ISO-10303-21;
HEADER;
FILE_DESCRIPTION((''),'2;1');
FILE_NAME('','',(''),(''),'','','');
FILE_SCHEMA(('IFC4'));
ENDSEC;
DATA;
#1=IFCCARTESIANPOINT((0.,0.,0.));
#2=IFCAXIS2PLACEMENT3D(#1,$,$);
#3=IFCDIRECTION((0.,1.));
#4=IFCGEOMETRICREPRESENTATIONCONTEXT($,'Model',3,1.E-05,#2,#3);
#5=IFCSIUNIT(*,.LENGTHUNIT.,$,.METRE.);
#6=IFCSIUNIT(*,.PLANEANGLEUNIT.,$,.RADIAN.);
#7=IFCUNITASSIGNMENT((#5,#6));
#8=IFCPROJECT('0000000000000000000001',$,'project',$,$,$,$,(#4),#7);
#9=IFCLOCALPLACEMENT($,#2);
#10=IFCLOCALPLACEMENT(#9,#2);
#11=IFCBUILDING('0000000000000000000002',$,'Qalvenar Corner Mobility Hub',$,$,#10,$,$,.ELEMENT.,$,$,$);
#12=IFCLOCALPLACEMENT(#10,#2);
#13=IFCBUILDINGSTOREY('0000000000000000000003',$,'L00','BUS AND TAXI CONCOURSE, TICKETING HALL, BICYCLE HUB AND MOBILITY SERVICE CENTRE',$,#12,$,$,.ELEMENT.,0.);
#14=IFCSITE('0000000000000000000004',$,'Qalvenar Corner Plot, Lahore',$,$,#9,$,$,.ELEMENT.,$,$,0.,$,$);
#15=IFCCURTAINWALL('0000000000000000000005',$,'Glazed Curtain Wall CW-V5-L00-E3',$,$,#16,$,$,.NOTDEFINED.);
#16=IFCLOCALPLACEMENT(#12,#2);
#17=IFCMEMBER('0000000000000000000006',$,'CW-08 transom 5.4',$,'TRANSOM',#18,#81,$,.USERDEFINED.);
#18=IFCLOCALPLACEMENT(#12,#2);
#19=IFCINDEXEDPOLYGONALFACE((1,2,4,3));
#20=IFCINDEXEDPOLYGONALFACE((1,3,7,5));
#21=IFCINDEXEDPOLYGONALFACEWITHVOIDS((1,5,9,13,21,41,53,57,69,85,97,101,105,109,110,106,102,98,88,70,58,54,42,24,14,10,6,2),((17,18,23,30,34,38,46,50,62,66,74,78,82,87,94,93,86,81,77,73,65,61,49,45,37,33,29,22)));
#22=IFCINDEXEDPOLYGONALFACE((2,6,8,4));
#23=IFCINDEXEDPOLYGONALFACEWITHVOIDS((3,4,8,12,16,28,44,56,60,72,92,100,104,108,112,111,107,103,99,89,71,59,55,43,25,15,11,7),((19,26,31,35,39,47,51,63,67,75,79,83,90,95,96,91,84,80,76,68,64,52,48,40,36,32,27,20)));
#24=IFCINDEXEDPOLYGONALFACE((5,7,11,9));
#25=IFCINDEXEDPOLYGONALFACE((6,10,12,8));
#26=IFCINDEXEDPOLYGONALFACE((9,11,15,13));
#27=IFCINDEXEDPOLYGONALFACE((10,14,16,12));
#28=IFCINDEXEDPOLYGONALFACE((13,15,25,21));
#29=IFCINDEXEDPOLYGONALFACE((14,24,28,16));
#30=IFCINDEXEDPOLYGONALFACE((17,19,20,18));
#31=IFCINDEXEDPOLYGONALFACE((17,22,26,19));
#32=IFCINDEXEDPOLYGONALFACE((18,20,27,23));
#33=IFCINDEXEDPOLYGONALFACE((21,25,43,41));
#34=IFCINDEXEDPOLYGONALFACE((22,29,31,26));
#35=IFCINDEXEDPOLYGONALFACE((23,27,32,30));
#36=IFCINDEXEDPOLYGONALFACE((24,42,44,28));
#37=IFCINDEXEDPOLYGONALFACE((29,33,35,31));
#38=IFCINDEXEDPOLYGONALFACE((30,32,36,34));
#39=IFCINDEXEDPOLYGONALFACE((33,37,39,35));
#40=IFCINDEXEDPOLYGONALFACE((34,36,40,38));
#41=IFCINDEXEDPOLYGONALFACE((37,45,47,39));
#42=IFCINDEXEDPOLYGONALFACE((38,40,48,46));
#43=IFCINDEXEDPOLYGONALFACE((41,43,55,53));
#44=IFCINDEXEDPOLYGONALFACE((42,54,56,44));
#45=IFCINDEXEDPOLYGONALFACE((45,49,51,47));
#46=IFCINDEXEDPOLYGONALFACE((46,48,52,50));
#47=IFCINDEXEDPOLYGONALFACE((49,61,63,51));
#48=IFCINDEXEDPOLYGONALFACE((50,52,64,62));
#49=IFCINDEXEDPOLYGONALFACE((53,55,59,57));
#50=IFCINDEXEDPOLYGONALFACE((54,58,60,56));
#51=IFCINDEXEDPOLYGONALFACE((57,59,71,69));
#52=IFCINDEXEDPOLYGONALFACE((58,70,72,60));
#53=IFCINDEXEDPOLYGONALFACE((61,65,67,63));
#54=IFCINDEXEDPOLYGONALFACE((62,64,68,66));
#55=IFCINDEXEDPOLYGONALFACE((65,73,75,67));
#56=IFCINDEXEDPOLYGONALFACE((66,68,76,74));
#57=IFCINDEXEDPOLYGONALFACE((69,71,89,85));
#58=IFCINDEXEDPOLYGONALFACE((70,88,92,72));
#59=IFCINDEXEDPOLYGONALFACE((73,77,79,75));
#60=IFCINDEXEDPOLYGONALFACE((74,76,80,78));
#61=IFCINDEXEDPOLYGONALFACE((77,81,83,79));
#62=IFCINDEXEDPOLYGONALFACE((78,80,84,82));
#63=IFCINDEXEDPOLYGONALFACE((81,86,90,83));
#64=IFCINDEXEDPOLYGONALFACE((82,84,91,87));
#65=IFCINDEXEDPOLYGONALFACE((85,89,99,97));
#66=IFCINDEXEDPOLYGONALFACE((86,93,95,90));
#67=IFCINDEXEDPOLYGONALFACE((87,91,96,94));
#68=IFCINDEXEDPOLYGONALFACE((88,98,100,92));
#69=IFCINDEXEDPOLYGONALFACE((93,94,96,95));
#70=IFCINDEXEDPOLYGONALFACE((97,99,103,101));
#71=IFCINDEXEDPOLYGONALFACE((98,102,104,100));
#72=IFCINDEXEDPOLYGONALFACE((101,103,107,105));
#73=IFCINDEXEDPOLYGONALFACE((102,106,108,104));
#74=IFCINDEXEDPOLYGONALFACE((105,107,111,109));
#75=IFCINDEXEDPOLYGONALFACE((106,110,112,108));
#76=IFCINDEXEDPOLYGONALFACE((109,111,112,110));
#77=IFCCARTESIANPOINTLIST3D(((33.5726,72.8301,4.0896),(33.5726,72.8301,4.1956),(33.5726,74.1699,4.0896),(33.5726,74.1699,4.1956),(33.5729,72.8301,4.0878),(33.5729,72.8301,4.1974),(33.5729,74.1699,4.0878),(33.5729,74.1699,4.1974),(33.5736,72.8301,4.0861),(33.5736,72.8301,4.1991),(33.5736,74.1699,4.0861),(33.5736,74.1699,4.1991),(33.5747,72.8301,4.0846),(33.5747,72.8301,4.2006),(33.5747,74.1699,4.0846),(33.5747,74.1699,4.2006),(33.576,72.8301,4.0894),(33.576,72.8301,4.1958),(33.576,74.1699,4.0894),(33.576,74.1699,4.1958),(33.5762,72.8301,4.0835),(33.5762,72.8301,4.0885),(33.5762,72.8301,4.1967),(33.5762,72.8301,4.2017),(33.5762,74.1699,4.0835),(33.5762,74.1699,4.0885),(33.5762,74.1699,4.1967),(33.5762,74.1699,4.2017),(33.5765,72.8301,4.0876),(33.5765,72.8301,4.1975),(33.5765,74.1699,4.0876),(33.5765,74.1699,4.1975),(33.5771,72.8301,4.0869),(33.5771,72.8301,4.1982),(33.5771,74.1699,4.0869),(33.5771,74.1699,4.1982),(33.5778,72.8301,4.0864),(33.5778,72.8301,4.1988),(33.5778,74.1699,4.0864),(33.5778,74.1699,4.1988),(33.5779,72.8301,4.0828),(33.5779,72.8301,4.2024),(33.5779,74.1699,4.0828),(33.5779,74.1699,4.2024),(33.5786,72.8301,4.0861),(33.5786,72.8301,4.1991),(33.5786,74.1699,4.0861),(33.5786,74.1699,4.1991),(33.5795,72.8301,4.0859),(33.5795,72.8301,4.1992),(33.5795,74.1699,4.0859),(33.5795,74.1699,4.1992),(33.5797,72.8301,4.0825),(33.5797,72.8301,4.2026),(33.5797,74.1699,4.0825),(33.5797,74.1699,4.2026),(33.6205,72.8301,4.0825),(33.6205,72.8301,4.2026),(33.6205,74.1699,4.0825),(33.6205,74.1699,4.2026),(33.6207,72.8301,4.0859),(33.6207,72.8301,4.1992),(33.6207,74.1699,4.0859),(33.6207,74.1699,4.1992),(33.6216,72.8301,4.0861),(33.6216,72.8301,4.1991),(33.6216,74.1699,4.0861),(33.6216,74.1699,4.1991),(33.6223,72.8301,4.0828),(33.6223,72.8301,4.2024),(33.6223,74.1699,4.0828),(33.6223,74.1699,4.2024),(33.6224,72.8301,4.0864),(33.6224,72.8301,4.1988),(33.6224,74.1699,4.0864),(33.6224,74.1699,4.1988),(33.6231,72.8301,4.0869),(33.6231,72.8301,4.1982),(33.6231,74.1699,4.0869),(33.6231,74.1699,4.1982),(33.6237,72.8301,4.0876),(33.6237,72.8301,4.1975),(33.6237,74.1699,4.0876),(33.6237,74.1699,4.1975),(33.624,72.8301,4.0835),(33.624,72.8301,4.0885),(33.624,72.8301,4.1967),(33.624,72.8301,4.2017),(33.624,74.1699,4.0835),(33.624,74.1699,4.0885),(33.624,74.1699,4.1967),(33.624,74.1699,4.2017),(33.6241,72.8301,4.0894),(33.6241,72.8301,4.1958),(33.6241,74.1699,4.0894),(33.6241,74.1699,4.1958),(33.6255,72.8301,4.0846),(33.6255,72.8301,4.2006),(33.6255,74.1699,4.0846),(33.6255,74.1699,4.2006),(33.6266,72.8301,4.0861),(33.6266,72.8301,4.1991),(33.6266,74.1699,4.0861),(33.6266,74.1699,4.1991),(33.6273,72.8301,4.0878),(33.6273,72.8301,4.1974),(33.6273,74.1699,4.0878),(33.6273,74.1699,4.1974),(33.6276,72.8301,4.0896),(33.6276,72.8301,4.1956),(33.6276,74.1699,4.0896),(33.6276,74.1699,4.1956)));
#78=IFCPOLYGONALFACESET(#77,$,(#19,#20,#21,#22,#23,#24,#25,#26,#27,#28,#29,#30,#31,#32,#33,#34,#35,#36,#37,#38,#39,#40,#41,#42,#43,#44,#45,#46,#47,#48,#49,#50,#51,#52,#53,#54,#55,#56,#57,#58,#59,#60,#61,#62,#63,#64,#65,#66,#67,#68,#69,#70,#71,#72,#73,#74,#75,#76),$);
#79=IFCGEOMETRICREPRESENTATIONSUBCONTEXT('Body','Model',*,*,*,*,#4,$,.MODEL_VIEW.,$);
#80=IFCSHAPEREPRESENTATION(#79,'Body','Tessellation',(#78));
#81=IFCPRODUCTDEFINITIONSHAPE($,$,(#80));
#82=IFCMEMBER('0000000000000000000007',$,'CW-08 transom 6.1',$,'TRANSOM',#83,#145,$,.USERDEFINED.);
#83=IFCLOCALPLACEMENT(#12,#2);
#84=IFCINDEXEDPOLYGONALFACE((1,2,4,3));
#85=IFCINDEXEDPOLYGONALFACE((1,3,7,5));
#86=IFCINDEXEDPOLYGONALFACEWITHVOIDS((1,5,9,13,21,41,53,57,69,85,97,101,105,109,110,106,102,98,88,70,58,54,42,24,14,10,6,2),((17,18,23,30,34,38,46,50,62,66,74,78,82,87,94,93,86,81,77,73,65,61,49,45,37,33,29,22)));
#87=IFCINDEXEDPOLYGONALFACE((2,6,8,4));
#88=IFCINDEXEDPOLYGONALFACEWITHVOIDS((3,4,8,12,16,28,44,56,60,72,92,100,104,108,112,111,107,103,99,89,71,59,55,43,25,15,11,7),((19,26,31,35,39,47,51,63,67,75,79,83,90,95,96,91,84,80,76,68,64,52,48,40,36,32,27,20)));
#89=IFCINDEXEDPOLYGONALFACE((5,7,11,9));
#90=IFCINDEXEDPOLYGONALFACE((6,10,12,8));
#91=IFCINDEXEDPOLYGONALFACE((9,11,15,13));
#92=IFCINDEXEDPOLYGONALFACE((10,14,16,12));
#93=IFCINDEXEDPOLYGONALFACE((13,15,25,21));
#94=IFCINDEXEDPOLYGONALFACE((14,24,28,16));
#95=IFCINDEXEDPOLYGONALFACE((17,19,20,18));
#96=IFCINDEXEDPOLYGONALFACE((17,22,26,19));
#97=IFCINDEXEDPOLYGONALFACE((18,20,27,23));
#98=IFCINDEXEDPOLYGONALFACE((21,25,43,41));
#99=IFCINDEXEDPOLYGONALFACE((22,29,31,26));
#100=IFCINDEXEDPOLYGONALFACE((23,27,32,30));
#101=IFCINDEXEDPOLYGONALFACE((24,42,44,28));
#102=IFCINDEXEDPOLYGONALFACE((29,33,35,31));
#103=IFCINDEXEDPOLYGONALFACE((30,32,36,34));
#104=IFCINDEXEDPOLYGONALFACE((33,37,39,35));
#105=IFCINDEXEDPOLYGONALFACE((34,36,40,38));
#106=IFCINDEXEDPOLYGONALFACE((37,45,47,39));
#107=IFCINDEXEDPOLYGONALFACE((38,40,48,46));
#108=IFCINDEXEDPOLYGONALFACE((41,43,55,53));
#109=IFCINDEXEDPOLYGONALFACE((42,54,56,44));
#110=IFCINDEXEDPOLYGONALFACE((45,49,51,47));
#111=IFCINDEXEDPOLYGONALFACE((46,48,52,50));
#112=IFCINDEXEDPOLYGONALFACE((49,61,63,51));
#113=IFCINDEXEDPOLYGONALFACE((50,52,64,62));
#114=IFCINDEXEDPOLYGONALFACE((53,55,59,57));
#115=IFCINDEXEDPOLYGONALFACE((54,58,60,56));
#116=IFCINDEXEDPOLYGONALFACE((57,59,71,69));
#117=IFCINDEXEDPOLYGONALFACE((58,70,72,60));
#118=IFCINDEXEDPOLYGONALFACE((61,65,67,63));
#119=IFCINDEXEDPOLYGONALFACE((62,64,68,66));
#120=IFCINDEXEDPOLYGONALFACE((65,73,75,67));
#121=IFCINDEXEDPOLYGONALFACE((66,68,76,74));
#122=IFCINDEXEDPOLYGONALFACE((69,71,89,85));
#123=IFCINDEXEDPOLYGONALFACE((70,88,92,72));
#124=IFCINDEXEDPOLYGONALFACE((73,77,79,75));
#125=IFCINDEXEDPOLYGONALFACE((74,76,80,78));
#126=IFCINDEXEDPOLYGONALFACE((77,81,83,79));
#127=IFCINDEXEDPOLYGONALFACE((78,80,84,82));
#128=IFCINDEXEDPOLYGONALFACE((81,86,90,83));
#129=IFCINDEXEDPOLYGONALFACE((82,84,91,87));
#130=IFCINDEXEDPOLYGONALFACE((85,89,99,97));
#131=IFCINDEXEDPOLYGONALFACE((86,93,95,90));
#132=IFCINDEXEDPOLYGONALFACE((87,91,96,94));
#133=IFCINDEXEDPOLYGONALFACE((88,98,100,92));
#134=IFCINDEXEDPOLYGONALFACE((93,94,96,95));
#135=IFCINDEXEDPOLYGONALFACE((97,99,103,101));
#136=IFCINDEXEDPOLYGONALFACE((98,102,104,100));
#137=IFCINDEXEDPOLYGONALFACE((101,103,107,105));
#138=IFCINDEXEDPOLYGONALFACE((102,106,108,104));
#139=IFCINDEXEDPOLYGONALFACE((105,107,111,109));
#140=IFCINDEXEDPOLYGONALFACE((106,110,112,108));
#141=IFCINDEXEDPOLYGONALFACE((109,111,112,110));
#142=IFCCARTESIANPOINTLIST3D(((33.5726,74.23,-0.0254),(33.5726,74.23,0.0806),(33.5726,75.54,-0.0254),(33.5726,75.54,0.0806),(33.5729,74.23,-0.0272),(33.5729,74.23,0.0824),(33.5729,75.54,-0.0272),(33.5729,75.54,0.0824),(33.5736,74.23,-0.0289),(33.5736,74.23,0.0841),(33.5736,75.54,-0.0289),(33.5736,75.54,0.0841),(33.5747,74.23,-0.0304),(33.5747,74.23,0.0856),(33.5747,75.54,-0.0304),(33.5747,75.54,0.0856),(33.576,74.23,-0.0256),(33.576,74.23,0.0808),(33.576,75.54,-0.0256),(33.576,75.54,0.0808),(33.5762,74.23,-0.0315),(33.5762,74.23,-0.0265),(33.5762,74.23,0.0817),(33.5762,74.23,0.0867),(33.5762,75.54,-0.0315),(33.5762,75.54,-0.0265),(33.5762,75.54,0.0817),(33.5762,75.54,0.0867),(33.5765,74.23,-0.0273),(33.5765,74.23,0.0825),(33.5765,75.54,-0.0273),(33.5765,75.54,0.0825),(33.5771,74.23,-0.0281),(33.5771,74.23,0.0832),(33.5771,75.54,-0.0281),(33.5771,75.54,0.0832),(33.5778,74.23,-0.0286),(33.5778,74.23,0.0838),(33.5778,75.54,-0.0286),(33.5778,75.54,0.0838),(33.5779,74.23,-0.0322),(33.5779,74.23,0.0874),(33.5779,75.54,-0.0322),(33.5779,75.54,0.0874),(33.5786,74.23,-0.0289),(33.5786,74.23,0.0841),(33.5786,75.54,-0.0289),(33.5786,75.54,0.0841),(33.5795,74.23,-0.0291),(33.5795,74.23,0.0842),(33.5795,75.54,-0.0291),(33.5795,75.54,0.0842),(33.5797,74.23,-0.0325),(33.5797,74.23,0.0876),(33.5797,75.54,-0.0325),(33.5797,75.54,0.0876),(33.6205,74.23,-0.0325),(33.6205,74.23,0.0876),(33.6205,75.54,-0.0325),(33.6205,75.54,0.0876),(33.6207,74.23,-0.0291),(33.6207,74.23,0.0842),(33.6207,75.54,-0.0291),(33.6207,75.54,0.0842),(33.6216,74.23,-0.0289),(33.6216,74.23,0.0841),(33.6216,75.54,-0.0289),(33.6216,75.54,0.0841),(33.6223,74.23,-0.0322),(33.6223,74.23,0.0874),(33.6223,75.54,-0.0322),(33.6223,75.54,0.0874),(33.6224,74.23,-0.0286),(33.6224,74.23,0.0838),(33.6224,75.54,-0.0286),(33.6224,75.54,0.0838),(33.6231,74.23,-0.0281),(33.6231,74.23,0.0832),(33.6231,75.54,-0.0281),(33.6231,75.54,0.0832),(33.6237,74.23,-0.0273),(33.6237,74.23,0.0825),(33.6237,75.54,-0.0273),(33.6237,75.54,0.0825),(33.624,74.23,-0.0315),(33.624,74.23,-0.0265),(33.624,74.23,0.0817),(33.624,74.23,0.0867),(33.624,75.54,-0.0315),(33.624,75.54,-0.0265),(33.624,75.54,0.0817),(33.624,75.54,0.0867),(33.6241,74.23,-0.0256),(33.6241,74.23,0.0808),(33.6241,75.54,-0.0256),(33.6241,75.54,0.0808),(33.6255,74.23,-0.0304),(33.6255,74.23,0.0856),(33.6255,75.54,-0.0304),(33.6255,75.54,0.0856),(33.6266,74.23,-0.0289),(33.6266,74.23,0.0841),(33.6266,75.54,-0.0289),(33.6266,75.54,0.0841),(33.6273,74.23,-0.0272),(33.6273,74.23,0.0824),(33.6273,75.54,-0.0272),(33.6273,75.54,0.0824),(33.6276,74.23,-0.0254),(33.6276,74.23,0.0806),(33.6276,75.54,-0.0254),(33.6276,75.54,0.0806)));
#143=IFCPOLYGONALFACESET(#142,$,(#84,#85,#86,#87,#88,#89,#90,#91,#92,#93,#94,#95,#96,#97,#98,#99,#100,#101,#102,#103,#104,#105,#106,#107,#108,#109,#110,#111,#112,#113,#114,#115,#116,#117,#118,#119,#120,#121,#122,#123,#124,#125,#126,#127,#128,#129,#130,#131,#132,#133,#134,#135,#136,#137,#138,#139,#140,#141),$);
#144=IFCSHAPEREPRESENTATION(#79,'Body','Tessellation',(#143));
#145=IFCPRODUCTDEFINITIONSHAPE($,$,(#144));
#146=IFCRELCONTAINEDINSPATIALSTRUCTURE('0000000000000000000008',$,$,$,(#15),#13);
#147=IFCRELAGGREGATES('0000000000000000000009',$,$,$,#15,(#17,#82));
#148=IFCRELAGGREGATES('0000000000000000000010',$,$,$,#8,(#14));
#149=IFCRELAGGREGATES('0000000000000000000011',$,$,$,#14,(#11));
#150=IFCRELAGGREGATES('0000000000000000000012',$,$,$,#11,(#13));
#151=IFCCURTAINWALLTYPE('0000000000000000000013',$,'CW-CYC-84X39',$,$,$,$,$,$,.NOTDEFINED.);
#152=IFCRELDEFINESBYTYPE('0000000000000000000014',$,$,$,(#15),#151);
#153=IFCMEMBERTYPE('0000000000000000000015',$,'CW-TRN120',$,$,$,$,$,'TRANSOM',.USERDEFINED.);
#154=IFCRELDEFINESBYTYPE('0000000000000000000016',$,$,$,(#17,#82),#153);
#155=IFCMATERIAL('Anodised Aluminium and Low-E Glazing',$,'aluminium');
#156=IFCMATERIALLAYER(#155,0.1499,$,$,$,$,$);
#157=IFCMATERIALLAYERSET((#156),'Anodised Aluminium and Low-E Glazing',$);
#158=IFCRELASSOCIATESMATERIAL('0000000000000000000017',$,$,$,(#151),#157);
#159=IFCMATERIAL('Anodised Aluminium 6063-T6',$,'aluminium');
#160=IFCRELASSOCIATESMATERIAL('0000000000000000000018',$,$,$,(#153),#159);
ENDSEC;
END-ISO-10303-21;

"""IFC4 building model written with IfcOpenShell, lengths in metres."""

from ifc_helpers import new_model, si_unit, direction, frame, origin, origin_2d, place, context, subcontext, project, spatial, hollow_rectangle, extrude, material, layer, layer_set, material_profile, profile_set, type_object, element, aggregate, save


model = new_model("IFC4")

# Units and contexts
model_context = context("Model", 3, precision=1e-05, world=origin(), true_north=direction((0.0, 1.0)))
body_context = subcontext(model_context, "Body", "Model", "MODEL_VIEW")
ifc_project = project(units=[si_unit("LENGTHUNIT", "METRE"), si_unit("PLANEANGLEUNIT", "RADIAN")], contexts=[model_context])

# Site, building, storey
site_placement = place(None, origin())
site = spatial("IfcSite", under=ifc_project, at=site_placement, Name="Qalvenar Corner Plot, Lahore", CompositionType="ELEMENT", RefElevation=0.0)
building_placement = place(site_placement, origin())
building = spatial("IfcBuilding", under=site, at=building_placement, Name="Qalvenar Corner Mobility Hub", CompositionType="ELEMENT")
storey_placement = place(building_placement, origin())
storey = spatial("IfcBuildingStorey", under=building, at=storey_placement, Name="L00", Description="BUS AND TAXI CONCOURSE, TICKETING HALL, BICYCLE HUB AND MOBILITY SERVICE CENTRE", CompositionType="ELEMENT", Elevation=0.0)

# Curtain wall, members
ifc_material_1 = material(Name="Anodised Aluminium and Low-E Glazing", Category="aluminium")
ifc_layer_1 = layer(ifc_material_1, 0.1499)
ifc_layer_set_1 = layer_set([ifc_layer_1], Name="Anodised Aluminium and Low-E Glazing")
curtain_wall_type = type_object("IfcCurtainWallType", Name="CW-CYC-84X39", PredefinedType="NOTDEFINED", material=ifc_layer_set_1)
curtain_wall_placement = place(storey_placement, origin())
curtain_wall = element("IfcCurtainWall", 1, at=curtain_wall_placement, inside=storey, type_object=curtain_wall_type, Name="Glazed Curtain Wall CW-V5-L00-E3", PredefinedType="NOTDEFINED")
ifc_material_2 = material(Name="Anodised Aluminium 6063-T6", Category="aluminium")
ifc_material_profile_1 = material_profile(ifc_material_2, hollow_rectangle(XDim=0.0549, YDim=0.1201, WallThickness=0.0034, InnerFilletRadius=0.0034, OuterFilletRadius=0.0071, at=origin_2d()), Name="RHS120x55x3.5")
ifc_profile_set_1 = profile_set([ifc_material_profile_1], Name="Anodised Aluminium 6063-T6")
member_type_1 = type_object("IfcMemberType", Name="CW-TRN120", ElementType="TRANSOM", PredefinedType="USERDEFINED", material=ifc_profile_set_1)
member_1_placement = place(storey_placement, frame((33.6001, 72.8301, 4.1426), z_axis=(0.0, 1.0, 0.0), x_axis=(-1.0, 0.0, 0.0)))
member_1 = element("IfcMember", 2, at=member_1_placement, type_object=member_type_1, Name="CW-08 transom 5.4", ObjectType="TRANSOM", PredefinedType="USERDEFINED", context=body_context, shape_type="SweptSolid", body=[
    extrude(hollow_rectangle(XDim=0.0549, YDim=0.1201, WallThickness=0.0034, InnerFilletRadius=0.0034, OuterFilletRadius=0.0071, at=origin_2d()), origin(), (0.0, 0.0, 1.0), 1.3398),
])
member_2_placement = place(storey_placement, frame((33.6001, 74.23, 0.0276), z_axis=(0.0, 1.0, 0.0), x_axis=(-1.0, 0.0, 0.0)))
member_2 = element("IfcMember", 3, at=member_2_placement, type_object=member_type_1, Name="CW-08 transom 6.1", ObjectType="TRANSOM", PredefinedType="USERDEFINED", context=body_context, shape_type="SweptSolid", body=[
    extrude(hollow_rectangle(XDim=0.0549, YDim=0.1201, WallThickness=0.0034, InnerFilletRadius=0.0034, OuterFilletRadius=0.0071, at=origin_2d()), origin(), (0.0, 0.0, 1.0), 1.3101),
])
aggregate(curtain_wall, [member_1, member_2])

save(model, "model.ifc")
